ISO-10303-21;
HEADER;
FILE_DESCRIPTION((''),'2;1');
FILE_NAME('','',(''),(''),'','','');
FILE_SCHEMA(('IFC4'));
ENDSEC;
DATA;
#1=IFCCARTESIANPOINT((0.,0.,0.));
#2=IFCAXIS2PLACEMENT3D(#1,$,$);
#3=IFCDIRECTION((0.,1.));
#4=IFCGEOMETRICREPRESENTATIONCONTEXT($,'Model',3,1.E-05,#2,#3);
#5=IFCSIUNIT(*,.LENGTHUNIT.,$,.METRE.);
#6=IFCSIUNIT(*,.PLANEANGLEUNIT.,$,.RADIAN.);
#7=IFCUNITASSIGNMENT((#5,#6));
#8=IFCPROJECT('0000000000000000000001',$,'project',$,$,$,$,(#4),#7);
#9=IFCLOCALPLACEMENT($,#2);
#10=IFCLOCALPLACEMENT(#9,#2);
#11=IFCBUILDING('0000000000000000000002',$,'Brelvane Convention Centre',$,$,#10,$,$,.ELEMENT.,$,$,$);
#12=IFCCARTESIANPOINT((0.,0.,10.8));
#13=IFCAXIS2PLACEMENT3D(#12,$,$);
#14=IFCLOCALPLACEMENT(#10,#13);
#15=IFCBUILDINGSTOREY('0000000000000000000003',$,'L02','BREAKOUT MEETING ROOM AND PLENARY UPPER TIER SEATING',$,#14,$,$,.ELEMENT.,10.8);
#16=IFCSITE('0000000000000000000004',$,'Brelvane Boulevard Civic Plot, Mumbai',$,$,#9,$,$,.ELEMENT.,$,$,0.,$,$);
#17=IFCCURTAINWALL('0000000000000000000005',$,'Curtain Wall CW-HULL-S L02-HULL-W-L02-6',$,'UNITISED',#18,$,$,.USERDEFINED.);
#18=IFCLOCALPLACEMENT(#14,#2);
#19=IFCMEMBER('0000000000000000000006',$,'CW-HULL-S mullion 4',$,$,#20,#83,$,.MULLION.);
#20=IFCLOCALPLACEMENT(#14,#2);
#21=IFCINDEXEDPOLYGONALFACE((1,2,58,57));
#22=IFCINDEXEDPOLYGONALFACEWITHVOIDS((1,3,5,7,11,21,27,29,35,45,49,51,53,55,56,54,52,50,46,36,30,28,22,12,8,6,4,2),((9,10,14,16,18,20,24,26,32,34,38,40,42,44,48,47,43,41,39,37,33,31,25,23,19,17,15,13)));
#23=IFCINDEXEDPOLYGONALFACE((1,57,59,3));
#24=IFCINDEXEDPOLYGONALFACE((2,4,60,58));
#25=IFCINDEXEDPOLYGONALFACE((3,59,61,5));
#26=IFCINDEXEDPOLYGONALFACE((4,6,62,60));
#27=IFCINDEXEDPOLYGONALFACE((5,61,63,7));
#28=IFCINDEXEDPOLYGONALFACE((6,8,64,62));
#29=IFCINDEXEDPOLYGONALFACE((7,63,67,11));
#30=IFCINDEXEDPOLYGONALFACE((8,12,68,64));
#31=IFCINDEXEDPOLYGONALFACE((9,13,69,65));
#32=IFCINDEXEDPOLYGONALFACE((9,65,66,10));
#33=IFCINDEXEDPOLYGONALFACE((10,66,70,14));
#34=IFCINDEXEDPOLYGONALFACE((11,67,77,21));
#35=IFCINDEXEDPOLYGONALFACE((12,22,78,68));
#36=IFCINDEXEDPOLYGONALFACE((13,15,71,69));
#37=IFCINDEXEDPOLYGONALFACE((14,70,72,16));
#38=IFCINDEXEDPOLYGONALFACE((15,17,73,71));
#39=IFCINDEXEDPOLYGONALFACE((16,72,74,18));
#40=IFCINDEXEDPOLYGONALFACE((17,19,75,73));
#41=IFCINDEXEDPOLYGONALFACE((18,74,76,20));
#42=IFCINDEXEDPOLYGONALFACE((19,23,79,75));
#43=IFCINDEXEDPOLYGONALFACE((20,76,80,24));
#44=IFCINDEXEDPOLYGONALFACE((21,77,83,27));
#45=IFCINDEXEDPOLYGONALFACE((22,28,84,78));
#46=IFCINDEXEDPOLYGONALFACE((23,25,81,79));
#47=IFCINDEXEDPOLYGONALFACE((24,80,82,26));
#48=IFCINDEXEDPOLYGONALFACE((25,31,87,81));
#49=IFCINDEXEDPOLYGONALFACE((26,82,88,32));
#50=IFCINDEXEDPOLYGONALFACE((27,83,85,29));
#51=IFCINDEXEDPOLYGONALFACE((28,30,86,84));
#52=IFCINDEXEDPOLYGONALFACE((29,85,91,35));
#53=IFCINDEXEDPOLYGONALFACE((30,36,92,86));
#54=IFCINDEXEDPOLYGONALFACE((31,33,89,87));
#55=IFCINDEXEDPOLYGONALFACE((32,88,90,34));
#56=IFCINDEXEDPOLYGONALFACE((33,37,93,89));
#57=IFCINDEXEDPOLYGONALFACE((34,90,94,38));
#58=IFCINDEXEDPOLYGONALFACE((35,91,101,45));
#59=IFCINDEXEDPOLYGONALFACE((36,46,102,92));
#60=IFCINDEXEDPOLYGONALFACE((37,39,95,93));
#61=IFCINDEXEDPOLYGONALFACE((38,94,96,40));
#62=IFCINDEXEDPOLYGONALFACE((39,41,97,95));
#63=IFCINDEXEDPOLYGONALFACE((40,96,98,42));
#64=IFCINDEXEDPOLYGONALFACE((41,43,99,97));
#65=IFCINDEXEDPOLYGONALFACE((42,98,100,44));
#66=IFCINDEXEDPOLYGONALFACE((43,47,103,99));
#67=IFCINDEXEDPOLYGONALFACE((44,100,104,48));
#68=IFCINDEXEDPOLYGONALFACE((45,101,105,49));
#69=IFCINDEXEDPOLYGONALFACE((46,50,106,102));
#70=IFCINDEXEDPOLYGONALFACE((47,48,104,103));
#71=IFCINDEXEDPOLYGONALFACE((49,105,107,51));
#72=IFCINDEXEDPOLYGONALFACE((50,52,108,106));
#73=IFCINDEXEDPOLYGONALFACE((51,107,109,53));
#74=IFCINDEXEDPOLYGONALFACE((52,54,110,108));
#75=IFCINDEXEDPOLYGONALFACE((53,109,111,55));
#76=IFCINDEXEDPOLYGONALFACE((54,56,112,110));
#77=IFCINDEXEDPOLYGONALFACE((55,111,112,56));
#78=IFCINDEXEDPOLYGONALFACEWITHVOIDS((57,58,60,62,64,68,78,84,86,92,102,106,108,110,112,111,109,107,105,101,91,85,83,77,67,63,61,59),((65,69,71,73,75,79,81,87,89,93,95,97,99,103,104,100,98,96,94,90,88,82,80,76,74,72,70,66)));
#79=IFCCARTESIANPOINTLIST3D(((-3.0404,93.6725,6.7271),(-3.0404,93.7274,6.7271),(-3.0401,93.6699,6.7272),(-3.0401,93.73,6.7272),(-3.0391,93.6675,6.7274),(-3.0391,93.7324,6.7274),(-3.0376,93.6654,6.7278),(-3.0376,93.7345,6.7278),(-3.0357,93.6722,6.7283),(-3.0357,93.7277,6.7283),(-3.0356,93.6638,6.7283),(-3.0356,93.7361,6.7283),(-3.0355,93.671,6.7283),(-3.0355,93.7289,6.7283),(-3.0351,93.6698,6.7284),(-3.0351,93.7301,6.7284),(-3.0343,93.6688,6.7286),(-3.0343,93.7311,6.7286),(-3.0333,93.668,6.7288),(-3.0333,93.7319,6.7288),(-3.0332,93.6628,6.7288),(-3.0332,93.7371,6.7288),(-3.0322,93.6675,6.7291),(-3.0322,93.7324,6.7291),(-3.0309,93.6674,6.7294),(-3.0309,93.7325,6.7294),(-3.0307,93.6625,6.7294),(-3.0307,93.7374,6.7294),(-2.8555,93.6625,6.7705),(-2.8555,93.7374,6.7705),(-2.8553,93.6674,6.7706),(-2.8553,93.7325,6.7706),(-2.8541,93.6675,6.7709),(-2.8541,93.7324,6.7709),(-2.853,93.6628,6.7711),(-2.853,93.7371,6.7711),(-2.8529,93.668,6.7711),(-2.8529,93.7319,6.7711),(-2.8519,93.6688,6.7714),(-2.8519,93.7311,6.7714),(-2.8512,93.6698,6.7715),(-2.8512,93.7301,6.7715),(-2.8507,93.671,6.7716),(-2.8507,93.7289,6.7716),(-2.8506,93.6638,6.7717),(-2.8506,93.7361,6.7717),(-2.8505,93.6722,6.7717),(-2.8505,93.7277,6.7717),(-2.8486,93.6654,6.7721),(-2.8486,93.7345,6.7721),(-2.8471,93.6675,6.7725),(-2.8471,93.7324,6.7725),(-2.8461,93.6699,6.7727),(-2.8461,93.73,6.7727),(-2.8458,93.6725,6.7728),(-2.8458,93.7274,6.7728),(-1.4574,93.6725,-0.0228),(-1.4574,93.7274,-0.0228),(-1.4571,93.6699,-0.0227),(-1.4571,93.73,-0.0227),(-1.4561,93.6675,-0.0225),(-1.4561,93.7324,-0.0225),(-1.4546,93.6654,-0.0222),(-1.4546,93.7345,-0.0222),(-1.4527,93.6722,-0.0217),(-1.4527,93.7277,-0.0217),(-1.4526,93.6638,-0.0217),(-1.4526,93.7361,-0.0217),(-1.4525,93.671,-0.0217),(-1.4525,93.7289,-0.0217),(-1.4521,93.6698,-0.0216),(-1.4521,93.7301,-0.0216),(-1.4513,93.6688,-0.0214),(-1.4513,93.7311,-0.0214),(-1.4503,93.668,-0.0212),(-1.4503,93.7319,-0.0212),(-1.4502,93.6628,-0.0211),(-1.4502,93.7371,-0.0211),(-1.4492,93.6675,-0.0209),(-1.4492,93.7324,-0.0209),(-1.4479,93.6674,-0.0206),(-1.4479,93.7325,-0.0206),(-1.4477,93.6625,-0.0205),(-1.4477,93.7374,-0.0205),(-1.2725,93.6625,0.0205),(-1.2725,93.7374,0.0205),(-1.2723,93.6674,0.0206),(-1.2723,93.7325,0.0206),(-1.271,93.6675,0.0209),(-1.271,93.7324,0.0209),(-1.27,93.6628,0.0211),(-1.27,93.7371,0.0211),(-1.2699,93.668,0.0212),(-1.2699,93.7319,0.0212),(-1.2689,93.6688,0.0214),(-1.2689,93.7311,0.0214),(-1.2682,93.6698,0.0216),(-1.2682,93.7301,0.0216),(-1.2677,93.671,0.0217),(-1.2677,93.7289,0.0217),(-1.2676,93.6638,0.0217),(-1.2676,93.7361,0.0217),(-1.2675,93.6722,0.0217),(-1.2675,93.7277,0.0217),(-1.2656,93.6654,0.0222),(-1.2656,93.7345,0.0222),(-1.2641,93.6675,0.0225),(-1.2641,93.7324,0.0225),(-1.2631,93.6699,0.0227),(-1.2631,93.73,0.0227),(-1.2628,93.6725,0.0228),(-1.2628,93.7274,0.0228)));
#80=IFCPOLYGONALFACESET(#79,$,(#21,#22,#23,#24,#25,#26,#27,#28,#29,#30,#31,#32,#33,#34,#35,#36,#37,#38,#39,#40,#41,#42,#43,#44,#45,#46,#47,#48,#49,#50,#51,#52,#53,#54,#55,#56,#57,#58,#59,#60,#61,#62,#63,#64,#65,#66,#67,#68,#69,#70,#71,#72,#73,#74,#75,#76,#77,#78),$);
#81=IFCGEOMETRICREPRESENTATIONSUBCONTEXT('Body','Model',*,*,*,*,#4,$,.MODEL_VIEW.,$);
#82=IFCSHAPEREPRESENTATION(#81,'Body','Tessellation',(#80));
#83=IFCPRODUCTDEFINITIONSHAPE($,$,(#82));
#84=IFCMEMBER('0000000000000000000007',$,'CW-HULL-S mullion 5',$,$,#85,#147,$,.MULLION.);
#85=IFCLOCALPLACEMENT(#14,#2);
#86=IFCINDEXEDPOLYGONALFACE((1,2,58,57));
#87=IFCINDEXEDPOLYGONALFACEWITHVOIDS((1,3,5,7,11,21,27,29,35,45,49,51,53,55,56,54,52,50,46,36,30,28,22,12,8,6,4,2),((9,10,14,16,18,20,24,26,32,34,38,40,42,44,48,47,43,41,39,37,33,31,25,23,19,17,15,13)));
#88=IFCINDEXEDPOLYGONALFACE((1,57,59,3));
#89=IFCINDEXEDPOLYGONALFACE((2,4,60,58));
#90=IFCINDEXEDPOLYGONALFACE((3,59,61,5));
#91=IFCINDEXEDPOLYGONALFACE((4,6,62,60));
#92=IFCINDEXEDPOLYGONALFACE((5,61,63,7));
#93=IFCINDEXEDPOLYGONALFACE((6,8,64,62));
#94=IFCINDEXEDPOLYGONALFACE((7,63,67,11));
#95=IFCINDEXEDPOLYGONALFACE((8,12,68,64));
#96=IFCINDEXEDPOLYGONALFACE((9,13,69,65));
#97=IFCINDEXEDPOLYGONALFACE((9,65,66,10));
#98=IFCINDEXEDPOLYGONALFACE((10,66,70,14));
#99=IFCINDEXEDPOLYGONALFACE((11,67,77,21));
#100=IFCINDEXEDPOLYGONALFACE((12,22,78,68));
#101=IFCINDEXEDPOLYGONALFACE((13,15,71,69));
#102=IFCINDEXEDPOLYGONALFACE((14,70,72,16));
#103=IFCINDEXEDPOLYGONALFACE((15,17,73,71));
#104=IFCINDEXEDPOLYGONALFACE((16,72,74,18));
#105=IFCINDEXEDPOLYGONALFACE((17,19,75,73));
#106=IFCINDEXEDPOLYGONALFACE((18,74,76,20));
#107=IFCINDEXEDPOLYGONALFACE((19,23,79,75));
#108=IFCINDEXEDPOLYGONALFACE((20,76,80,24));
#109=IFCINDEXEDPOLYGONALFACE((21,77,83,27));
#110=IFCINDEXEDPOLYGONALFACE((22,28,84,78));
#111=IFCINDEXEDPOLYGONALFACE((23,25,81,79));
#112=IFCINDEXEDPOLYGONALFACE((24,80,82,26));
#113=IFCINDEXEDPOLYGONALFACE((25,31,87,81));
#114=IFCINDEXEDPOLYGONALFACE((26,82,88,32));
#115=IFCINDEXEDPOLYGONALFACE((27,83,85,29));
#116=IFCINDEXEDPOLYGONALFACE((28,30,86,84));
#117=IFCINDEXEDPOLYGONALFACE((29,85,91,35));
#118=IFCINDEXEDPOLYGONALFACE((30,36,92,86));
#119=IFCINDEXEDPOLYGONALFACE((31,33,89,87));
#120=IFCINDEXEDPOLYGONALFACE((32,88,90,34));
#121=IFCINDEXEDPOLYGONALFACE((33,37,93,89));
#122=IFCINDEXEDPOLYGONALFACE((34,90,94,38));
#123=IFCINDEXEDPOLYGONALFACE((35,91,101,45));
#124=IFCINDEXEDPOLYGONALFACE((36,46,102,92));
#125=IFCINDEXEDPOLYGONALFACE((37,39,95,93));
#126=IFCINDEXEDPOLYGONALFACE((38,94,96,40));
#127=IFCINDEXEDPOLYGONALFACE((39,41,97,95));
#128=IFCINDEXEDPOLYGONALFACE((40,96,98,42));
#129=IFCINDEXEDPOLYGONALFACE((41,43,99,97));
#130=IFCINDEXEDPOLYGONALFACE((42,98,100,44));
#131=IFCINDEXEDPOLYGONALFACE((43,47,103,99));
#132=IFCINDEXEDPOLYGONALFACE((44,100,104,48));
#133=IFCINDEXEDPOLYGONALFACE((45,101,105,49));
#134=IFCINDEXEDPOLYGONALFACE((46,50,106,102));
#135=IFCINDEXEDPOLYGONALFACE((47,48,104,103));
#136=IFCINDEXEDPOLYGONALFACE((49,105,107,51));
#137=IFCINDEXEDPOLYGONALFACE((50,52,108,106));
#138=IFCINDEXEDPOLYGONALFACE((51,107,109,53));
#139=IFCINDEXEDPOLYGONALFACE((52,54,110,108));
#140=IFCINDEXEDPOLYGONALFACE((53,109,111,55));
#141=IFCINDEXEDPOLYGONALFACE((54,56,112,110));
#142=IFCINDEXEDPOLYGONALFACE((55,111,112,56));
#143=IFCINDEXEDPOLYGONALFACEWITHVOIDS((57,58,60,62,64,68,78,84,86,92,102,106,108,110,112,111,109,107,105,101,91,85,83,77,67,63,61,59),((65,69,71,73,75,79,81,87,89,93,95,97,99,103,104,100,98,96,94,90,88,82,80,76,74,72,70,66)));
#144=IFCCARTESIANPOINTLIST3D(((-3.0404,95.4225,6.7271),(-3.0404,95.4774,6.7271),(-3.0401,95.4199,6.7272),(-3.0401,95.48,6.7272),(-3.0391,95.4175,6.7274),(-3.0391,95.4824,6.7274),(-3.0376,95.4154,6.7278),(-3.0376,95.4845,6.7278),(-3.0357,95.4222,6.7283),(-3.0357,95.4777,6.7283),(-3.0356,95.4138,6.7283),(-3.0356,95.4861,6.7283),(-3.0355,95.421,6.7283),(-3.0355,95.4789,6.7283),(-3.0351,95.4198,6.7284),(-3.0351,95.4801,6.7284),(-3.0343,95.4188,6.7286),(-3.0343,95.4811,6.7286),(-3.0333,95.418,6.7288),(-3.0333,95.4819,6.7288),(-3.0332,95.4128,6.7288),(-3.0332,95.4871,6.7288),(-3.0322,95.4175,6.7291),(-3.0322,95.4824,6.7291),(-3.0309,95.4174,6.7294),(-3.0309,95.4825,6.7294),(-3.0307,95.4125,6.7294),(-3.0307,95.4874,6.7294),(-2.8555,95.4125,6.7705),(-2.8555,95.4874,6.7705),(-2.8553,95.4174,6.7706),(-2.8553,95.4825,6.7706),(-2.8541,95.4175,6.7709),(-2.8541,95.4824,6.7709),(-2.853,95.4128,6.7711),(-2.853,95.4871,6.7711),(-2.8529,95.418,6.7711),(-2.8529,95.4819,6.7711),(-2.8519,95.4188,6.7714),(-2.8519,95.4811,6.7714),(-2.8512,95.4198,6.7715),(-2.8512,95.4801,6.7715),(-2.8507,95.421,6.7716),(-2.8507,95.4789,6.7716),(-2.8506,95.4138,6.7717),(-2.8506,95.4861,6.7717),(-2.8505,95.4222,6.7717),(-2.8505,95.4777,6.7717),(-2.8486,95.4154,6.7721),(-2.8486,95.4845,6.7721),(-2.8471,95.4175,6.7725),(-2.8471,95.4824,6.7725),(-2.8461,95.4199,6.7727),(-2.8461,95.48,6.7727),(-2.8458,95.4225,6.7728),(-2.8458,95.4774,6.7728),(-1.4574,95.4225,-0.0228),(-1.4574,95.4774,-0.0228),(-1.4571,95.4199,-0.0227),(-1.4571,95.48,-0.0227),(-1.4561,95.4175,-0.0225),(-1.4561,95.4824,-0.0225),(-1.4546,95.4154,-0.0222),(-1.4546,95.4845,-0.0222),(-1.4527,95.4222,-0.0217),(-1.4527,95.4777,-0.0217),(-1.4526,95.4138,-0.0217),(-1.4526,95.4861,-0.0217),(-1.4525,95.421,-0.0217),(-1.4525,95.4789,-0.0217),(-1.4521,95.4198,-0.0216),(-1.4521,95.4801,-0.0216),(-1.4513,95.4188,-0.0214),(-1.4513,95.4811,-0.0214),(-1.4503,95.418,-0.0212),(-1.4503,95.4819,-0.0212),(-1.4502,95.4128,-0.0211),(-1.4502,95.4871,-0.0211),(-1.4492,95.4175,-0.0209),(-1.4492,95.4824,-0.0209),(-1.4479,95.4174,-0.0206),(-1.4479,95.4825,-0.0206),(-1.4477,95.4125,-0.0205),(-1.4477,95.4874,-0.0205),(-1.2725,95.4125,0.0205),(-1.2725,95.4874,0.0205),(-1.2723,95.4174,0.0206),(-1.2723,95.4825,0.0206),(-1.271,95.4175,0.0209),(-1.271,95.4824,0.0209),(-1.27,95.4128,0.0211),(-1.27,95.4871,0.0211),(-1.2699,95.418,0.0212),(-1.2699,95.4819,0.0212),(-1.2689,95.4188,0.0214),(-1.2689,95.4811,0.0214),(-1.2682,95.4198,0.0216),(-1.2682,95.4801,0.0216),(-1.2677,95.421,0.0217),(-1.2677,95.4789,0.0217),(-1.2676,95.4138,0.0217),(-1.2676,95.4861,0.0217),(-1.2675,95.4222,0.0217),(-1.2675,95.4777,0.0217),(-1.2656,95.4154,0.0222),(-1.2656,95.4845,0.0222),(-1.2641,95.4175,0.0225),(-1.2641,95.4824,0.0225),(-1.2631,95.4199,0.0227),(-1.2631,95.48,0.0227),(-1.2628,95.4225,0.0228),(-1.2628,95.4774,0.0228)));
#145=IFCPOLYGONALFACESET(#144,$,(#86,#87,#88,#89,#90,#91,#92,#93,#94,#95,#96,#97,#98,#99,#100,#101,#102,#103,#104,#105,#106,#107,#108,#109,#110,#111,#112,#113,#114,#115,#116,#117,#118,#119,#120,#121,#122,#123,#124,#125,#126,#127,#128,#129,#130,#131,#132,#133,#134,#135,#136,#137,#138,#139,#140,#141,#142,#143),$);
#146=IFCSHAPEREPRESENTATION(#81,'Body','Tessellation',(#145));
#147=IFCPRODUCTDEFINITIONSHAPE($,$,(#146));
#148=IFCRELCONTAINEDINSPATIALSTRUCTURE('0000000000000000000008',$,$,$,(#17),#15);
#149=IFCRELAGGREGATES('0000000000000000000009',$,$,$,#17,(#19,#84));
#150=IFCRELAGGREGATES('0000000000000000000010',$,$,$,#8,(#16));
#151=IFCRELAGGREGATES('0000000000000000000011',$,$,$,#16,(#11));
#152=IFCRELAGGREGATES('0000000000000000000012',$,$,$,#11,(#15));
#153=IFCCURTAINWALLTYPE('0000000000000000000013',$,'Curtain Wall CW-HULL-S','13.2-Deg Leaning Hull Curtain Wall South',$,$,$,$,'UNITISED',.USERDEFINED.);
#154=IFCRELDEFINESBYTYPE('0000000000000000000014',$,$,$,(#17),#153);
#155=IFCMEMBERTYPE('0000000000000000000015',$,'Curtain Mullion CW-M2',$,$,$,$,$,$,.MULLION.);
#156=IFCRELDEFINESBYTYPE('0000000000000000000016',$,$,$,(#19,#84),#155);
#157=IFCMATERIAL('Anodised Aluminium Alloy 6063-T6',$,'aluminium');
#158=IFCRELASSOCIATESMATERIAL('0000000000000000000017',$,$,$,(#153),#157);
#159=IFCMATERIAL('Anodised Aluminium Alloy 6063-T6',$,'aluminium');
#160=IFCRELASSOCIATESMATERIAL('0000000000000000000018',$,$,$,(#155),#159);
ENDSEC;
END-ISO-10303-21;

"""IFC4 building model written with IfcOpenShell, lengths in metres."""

from ifc_helpers import new_model, si_unit, direction, frame, origin, origin_2d, place, context, subcontext, project, spatial, hollow_rectangle, extrude, material, material_profile, profile_set, type_object, element, aggregate, save


model = new_model("IFC4")

# Units and contexts
model_context = context("Model", 3, precision=1e-05, world=origin(), true_north=direction((0.0, 1.0)))
body_context = subcontext(model_context, "Body", "Model", "MODEL_VIEW")
ifc_project = project(units=[si_unit("LENGTHUNIT", "METRE"), si_unit("PLANEANGLEUNIT", "RADIAN")], contexts=[model_context])

# Site, building, storey
site_placement = place(None, origin())
site = spatial("IfcSite", under=ifc_project, at=site_placement, Name="Brelvane Boulevard Civic Plot, Mumbai", CompositionType="ELEMENT", RefElevation=0.0)
building_placement = place(site_placement, origin())
building = spatial("IfcBuilding", under=site, at=building_placement, Name="Brelvane Convention Centre", CompositionType="ELEMENT")
storey_placement = place(building_placement, frame((0.0, 0.0, 10.8)))
storey = spatial("IfcBuildingStorey", under=building, at=storey_placement, Name="L02", Description="BREAKOUT MEETING ROOM AND PLENARY UPPER TIER SEATING", CompositionType="ELEMENT", Elevation=10.8)

# Curtain wall, members
ifc_material_1 = material(Name="Anodised Aluminium Alloy 6063-T6", Category="aluminium")
curtain_wall_type = type_object("IfcCurtainWallType", Name="Curtain Wall CW-HULL-S", Description="13.2-Deg Leaning Hull Curtain Wall South", ElementType="UNITISED", PredefinedType="USERDEFINED", material=ifc_material_1)
curtain_wall_placement = place(storey_placement, origin())
curtain_wall = element("IfcCurtainWall", 1, at=curtain_wall_placement, inside=storey, type_object=curtain_wall_type, Name="Curtain Wall CW-HULL-S L02-HULL-W-L02-6", ObjectType="UNITISED", PredefinedType="USERDEFINED")
ifc_material_2 = material(Name="Anodised Aluminium Alloy 6063-T6", Category="aluminium")
ifc_material_profile_1 = material_profile(ifc_material_2, hollow_rectangle(XDim=0.075, YDim=0.2, WallThickness=0.0049, InnerFilletRadius=0.0049, OuterFilletRadius=0.01, at=origin_2d()), Name="ALU-M 200x75x5.0")
ifc_profile_set_1 = profile_set([ifc_material_profile_1], Name="Anodised Aluminium Alloy 6063-T6")
member_type_1 = type_object("IfcMemberType", Name="Curtain Mullion CW-M2", PredefinedType="MULLION", material=ifc_profile_set_1)
member_1_placement = place(storey_placement, frame((-1.3601, 93.7, 0.0), z_axis=(-0.228325, 0.0, 0.973585), x_axis=(0.0, -1.0, 0.0)))
member_1 = element("IfcMember", 2, at=member_1_placement, type_object=member_type_1, Name="CW-HULL-S mullion 4", PredefinedType="MULLION", context=body_context, shape_type="SweptSolid", body=[
    extrude(hollow_rectangle(XDim=0.075, YDim=0.2, WallThickness=0.0049, InnerFilletRadius=0.0049, OuterFilletRadius=0.01, at=origin_2d()), origin(), (0.0, 0.0, 1.0), 6.9331),
])
member_2_placement = place(storey_placement, frame((-1.3601, 95.45, 0.0), z_axis=(-0.228325, 0.0, 0.973585), x_axis=(0.0, -1.0, 0.0)))
member_2 = element("IfcMember", 3, at=member_2_placement, type_object=member_type_1, Name="CW-HULL-S mullion 5", PredefinedType="MULLION", context=body_context, shape_type="SweptSolid", body=[
    extrude(hollow_rectangle(XDim=0.075, YDim=0.2, WallThickness=0.0049, InnerFilletRadius=0.0049, OuterFilletRadius=0.01, at=origin_2d()), origin(), (0.0, 0.0, 1.0), 6.9331),
])
aggregate(curtain_wall, [member_1, member_2])

save(model, "model.ifc")
